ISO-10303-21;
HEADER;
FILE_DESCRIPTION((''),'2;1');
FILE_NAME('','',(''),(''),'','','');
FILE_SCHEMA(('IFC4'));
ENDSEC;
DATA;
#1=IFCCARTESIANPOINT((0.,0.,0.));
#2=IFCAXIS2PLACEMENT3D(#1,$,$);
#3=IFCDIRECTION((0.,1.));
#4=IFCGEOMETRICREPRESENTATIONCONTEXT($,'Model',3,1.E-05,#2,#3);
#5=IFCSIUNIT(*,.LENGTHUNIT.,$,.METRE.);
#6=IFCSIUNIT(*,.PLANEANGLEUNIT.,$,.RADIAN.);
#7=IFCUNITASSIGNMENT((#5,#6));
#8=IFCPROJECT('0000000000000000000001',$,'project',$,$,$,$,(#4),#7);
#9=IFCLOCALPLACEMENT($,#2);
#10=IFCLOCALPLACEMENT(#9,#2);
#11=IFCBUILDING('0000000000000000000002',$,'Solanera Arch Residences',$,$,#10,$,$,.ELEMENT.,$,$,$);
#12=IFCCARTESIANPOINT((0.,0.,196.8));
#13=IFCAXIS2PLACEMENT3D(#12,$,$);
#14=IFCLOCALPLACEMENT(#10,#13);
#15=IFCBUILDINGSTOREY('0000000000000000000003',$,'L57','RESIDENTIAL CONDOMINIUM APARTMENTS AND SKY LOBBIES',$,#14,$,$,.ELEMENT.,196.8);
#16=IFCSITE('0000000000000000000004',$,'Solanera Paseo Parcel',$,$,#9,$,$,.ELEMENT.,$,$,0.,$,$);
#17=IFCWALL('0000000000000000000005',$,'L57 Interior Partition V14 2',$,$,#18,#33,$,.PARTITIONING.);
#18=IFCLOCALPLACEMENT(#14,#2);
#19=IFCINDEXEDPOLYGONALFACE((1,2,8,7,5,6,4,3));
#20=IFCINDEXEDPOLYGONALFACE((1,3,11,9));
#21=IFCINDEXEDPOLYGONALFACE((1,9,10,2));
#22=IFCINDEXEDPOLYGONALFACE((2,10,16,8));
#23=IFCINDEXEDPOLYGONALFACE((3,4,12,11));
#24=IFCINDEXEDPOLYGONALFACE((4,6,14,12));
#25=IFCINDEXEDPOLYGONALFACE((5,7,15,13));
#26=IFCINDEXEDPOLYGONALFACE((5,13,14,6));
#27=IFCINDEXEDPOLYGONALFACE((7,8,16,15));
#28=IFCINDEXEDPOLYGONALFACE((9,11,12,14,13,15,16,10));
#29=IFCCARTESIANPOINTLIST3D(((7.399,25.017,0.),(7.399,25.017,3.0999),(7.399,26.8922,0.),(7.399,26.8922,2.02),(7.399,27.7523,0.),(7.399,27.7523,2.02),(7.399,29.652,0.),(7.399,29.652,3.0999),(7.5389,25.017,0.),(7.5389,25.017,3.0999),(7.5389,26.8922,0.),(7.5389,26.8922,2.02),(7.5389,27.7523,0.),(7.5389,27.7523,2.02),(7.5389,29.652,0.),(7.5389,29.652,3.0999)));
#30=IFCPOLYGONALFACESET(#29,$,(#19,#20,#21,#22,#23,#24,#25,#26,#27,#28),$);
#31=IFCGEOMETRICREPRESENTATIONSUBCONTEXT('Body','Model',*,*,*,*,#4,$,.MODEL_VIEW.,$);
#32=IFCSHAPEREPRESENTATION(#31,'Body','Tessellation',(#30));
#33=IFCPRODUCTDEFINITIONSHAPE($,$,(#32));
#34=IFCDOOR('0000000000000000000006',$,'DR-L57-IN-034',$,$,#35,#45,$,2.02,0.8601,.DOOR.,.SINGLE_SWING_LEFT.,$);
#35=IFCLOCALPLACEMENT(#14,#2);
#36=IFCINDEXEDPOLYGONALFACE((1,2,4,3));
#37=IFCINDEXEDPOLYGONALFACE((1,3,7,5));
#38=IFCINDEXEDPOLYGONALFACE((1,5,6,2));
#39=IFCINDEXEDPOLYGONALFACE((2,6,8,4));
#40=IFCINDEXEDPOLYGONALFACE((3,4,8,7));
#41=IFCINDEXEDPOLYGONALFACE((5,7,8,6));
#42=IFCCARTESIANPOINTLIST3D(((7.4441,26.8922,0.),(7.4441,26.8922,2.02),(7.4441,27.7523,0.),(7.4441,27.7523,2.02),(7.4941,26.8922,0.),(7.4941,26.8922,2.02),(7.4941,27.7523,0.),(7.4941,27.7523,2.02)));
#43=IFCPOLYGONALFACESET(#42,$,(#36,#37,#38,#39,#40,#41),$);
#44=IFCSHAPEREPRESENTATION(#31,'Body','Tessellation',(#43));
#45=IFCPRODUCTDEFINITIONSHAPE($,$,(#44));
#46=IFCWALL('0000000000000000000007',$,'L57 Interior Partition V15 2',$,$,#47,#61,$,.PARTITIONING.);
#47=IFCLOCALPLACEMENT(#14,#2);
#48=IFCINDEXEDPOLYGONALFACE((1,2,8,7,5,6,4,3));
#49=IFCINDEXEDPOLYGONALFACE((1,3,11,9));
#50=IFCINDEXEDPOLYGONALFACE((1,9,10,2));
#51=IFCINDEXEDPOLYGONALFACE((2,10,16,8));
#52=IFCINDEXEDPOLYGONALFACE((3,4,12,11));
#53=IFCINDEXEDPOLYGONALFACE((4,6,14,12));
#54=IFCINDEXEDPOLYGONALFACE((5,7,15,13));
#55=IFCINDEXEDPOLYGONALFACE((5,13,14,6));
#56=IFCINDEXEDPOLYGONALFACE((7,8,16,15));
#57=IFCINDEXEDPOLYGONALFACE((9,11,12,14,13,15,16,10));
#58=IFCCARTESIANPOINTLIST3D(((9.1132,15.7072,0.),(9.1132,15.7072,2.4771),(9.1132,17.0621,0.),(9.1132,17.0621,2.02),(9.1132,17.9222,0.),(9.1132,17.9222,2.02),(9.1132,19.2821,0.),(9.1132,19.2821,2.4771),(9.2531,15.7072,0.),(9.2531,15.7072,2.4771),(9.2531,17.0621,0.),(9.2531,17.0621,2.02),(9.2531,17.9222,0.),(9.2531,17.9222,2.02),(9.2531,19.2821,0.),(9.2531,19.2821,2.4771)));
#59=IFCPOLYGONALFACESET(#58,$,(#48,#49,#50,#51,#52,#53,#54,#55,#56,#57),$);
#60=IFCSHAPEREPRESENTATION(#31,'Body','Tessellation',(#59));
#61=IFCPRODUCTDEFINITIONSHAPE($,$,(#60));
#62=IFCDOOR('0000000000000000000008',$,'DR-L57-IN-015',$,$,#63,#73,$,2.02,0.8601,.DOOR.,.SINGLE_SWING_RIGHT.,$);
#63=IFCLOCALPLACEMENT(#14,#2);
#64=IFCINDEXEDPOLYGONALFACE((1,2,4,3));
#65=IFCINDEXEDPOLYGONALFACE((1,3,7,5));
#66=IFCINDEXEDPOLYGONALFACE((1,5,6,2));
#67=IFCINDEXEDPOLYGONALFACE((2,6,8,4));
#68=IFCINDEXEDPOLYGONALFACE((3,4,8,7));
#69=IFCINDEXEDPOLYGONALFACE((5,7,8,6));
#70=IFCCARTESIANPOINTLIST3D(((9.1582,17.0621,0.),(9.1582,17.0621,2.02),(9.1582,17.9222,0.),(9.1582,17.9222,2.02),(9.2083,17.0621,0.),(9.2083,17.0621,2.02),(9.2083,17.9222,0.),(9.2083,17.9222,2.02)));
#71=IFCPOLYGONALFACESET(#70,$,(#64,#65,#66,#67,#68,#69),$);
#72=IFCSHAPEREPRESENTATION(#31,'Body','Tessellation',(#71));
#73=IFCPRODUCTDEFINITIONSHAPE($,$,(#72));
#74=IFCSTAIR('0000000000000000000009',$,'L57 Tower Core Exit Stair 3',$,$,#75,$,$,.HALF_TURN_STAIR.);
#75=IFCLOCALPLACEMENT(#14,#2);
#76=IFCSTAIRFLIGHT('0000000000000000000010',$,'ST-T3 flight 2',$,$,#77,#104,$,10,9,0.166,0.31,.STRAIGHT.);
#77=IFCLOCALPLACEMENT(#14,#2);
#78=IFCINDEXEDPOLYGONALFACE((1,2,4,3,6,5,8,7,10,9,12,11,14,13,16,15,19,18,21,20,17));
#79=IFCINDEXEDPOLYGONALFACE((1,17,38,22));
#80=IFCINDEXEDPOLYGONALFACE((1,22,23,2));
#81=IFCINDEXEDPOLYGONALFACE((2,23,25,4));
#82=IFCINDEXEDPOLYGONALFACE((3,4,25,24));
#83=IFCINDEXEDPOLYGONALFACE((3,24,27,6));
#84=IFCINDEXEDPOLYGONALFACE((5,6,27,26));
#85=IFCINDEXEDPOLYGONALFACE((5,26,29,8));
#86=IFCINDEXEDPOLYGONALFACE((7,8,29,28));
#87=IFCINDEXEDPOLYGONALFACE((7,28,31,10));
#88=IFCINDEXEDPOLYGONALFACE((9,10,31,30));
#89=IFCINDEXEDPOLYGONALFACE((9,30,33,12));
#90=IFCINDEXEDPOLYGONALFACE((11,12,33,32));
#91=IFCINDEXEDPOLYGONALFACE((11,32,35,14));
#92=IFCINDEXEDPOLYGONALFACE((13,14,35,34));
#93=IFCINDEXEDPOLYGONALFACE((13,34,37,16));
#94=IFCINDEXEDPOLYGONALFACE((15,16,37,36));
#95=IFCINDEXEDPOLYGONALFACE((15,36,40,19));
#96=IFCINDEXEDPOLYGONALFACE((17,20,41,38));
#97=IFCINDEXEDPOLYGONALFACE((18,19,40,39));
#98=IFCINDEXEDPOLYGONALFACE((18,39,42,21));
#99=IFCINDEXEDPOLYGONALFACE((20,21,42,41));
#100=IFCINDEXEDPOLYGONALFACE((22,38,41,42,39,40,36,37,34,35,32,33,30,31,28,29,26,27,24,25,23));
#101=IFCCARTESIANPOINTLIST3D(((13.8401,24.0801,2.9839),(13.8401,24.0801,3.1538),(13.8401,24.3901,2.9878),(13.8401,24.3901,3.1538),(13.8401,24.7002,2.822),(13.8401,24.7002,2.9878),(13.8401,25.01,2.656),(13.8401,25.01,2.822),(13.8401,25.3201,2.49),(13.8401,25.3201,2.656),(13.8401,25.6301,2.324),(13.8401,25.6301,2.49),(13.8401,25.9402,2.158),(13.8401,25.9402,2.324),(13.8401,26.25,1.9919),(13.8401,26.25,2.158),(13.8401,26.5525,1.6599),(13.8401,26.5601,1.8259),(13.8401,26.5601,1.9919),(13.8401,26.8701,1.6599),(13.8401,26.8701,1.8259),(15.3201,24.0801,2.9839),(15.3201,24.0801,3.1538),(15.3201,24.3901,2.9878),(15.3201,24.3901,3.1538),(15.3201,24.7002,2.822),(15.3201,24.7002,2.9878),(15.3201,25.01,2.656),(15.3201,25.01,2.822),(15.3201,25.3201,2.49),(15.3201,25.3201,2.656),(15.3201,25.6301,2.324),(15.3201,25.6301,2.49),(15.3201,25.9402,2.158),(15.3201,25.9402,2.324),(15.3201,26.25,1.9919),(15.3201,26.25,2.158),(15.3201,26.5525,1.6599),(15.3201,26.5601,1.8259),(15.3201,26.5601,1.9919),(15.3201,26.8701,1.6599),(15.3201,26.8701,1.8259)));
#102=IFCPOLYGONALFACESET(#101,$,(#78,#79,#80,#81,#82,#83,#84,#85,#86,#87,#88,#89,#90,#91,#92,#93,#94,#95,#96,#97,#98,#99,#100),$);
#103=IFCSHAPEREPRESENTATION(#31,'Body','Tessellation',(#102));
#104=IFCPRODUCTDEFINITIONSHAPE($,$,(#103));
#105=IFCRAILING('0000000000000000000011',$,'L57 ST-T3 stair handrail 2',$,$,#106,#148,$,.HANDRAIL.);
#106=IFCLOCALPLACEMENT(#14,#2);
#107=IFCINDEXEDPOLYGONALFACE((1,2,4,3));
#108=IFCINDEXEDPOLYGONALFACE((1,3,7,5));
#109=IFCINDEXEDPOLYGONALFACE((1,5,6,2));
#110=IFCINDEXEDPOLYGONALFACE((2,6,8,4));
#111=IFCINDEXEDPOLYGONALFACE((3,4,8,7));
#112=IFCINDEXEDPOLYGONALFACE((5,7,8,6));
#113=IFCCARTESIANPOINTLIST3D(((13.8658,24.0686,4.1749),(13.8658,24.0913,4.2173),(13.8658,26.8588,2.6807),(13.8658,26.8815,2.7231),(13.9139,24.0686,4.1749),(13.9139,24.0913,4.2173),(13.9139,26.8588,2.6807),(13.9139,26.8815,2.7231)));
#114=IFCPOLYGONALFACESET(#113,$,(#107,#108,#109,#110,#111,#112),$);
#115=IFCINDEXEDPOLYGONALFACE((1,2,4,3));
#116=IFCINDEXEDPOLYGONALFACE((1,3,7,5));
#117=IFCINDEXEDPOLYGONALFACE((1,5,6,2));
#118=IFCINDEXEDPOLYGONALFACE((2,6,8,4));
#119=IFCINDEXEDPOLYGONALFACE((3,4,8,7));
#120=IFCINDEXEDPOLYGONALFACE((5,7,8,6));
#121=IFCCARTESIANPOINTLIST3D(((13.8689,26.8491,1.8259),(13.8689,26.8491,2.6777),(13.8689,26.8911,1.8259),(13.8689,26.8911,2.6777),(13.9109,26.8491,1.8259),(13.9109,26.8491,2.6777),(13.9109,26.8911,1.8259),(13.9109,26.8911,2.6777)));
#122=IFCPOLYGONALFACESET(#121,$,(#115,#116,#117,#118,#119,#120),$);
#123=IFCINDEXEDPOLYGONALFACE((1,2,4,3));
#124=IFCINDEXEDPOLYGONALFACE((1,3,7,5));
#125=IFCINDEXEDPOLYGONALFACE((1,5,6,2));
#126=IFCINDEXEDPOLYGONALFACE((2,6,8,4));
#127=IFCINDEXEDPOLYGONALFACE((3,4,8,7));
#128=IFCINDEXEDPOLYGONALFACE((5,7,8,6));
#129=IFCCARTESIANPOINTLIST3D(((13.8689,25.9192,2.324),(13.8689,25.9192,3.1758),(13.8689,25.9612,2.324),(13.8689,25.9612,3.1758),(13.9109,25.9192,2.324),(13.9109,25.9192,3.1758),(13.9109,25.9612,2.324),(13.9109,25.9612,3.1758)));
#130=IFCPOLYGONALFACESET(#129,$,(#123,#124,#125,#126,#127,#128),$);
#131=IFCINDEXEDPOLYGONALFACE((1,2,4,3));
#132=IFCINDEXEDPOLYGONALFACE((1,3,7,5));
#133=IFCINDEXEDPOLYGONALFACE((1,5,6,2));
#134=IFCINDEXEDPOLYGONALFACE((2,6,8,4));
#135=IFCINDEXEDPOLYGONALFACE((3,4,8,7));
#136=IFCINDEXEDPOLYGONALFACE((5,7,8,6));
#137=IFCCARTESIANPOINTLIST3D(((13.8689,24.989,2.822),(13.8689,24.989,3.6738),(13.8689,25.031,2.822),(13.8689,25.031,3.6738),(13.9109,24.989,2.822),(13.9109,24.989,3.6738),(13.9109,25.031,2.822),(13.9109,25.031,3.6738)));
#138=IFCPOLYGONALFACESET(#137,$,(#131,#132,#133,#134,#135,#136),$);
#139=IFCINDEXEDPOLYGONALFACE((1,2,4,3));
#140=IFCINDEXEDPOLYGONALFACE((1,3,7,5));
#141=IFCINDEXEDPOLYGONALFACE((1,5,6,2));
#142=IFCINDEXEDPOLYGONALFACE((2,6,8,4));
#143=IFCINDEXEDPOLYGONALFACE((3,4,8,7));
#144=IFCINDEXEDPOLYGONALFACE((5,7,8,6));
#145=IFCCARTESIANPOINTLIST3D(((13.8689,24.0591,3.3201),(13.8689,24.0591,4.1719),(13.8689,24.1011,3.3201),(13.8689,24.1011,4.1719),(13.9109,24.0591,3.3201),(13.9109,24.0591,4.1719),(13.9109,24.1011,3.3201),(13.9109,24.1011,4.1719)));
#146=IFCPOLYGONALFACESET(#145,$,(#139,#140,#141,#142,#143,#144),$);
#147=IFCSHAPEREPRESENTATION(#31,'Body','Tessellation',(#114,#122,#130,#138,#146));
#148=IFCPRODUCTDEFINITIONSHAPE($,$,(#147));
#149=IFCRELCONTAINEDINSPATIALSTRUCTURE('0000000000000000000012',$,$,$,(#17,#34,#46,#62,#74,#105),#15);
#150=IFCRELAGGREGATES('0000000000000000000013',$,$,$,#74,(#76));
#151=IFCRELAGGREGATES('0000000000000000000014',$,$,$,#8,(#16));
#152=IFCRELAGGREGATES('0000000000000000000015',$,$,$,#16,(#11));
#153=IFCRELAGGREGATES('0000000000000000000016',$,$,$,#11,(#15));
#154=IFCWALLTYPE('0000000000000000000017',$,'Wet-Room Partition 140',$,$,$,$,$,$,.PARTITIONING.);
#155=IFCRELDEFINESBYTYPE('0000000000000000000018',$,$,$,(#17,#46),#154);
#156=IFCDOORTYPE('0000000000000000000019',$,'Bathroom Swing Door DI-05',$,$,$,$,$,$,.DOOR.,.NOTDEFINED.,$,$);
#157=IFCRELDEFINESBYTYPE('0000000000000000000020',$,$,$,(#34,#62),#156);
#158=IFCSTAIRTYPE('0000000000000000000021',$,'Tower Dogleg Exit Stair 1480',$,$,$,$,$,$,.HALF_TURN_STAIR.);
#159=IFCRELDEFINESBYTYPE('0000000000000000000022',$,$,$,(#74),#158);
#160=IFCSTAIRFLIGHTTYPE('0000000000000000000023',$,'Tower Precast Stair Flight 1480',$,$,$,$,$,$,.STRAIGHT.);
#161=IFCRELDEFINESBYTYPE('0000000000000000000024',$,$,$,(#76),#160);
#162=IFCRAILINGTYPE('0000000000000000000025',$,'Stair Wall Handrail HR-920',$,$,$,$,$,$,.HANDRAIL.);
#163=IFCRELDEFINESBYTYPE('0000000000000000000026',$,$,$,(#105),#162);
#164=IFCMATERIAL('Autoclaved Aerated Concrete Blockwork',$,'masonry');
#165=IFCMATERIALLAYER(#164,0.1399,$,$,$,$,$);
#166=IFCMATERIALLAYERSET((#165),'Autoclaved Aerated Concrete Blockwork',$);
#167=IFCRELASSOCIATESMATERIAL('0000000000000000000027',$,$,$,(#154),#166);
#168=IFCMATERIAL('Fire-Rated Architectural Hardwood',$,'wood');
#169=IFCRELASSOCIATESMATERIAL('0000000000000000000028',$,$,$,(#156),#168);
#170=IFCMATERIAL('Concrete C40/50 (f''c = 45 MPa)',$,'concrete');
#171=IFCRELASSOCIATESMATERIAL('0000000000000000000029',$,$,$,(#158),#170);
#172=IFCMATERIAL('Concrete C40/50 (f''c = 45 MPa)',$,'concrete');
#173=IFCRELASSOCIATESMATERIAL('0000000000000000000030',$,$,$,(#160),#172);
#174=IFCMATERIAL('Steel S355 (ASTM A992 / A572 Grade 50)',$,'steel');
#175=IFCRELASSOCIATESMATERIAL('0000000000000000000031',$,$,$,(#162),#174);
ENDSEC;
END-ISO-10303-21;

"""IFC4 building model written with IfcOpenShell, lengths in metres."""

from ifc_helpers import new_model, si_unit, direction, frame, frame_2d, origin, origin_2d, place, context, subcontext, project, spatial, polyline, rectangle, outline, extrude, material, layer, layer_set, type_object, element, fill, aggregate, save


model = new_model("IFC4")

# Units and contexts
model_context = context("Model", 3, precision=1e-05, world=origin(), true_north=direction((0.0, 1.0)))
body_context = subcontext(model_context, "Body", "Model", "MODEL_VIEW")
ifc_project = project(units=[si_unit("LENGTHUNIT", "METRE"), si_unit("PLANEANGLEUNIT", "RADIAN")], contexts=[model_context])

# Site, building, storey
site_placement = place(None, origin())
site = spatial("IfcSite", under=ifc_project, at=site_placement, Name="Solanera Paseo Parcel", CompositionType="ELEMENT", RefElevation=0.0)
building_placement = place(site_placement, origin())
building = spatial("IfcBuilding", under=site, at=building_placement, Name="Solanera Arch Residences", CompositionType="ELEMENT")
storey_placement = place(building_placement, frame((0.0, 0.0, 196.8)))
storey = spatial("IfcBuildingStorey", under=building, at=storey_placement, Name="L57", Description="RESIDENTIAL CONDOMINIUM APARTMENTS AND SKY LOBBIES", CompositionType="ELEMENT", Elevation=196.8)

# Shared definitions
ifc_material_1 = material(Name="Autoclaved Aerated Concrete Blockwork", Category="masonry")
ifc_layer_1 = layer(ifc_material_1, 0.1399)
ifc_layer_set_1 = layer_set([ifc_layer_1], Name="Autoclaved Aerated Concrete Blockwork")
wall_type_1 = type_object("IfcWallType", Name="Wet-Room Partition 140", PredefinedType="PARTITIONING", material=ifc_layer_set_1)

# Walls, openings, doors
wall_1_placement = place(storey_placement, frame((7.469, 25.0171, 0.0), z_axis=(0.0, 0.0, 1.0), x_axis=(0.0, 1.0, 0.0)))
wall_1 = element("IfcWall", 1, at=wall_1_placement, inside=storey, type_object=wall_type_1, Name="L57 Interior Partition V14 2", PredefinedType="PARTITIONING", context=body_context, shape_type="SweptSolid", body=[
    extrude(rectangle(XDim=4.635, YDim=0.1399, at=frame_2d((2.3174, 0.0))), origin(), (0.0, 0.0, 1.0), 3.0999),
])
opening_1_placement = place(wall_1_placement, frame((1.875, 0.0, 0.0)))
opening_1 = element("IfcOpeningElement", 2, at=opening_1_placement, cuts=wall_1, PredefinedType="OPENING", context=body_context, shape_type="SweptSolid", body=[
    extrude(rectangle(XDim=0.8601, YDim=2.02, at=frame_2d((0.4302, 1.01))), frame((0.0, 0.0798, 0.0), z_axis=(0.0, -1.0, 0.0), x_axis=(1.0, 0.0, 0.0)), (0.0, 0.0, 1.0), 0.1599),
])
ifc_material_2 = material(Name="Fire-Rated Architectural Hardwood", Category="wood")
door_type_1 = type_object("IfcDoorType", Name="Bathroom Swing Door DI-05", OperationType="NOTDEFINED", PredefinedType="DOOR", material=ifc_material_2)
door_1_placement = place(opening_1_placement, origin())
door_1 = element("IfcDoor", 3, at=door_1_placement, inside=storey, type_object=door_type_1, Name="DR-L57-IN-034", OperationType="SINGLE_SWING_LEFT", OverallHeight=2.02, OverallWidth=0.8601, PredefinedType="DOOR", context=body_context, shape_type="SweptSolid", body=[
    extrude(rectangle(XDim=0.8601, YDim=2.02, at=frame_2d((0.4302, 1.01))), frame((0.0, 0.0249, 0.0), z_axis=(0.0, -1.0, 0.0), x_axis=(1.0, 0.0, 0.0)), (0.0, 0.0, 1.0), 0.05),
])
fill(opening_1, door_1)
wall_2_placement = place(storey_placement, frame((9.1831, 15.707, 0.0), z_axis=(0.0, 0.0, 1.0), x_axis=(0.0, 1.0, 0.0)))
wall_2 = element("IfcWall", 4, at=wall_2_placement, inside=storey, type_object=wall_type_1, Name="L57 Interior Partition V15 2", PredefinedType="PARTITIONING", context=body_context, shape_type="SweptSolid", body=[
    extrude(rectangle(XDim=3.575, YDim=0.1399, at=frame_2d((1.7876, 0.0))), origin(), (0.0, 0.0, 1.0), 2.4771),
])
opening_2_placement = place(wall_2_placement, frame((1.355, 0.0, 0.0)))
opening_2 = element("IfcOpeningElement", 5, at=opening_2_placement, cuts=wall_2, PredefinedType="OPENING", context=body_context, shape_type="SweptSolid", body=[
    extrude(rectangle(XDim=0.8601, YDim=2.02, at=frame_2d((0.4302, 1.01))), frame((0.0, 0.0798, 0.0), z_axis=(0.0, -1.0, 0.0), x_axis=(1.0, 0.0, 0.0)), (0.0, 0.0, 1.0), 0.1599),
])
door_2_placement = place(opening_2_placement, origin())
door_2 = element("IfcDoor", 6, at=door_2_placement, inside=storey, type_object=door_type_1, Name="DR-L57-IN-015", OperationType="SINGLE_SWING_RIGHT", OverallHeight=2.02, OverallWidth=0.8601, PredefinedType="DOOR", context=body_context, shape_type="SweptSolid", body=[
    extrude(rectangle(XDim=0.8601, YDim=2.02, at=frame_2d((0.4302, 1.01))), frame((0.0, 0.0249, 0.0), z_axis=(0.0, -1.0, 0.0), x_axis=(1.0, 0.0, 0.0)), (0.0, 0.0, 1.0), 0.05),
])
fill(opening_2, door_2)

# Stair, stair flight
ifc_material_3 = material(Name="Concrete C40/50 (f'c = 45 MPa)", Category="concrete")
stair_type = type_object("IfcStairType", Name="Tower Dogleg Exit Stair 1480", PredefinedType="HALF_TURN_STAIR", material=ifc_material_3)
stair_placement = place(storey_placement, origin())
stair = element("IfcStair", 7, at=stair_placement, inside=storey, type_object=stair_type, Name="L57 Tower Core Exit Stair 3", PredefinedType="HALF_TURN_STAIR")
ifc_material_4 = material(Name="Concrete C40/50 (f'c = 45 MPa)", Category="concrete")
stair_flight_type = type_object("IfcStairFlightType", Name="Tower Precast Stair Flight 1480", PredefinedType="STRAIGHT", material=ifc_material_4)
stair_flight_placement = place(storey_placement, frame((14.5801, 26.8701, 1.6599), z_axis=(0.0, 0.0, 1.0), x_axis=(0.0, -1.0, 0.0)))
stair_flight = element("IfcStairFlight", 8, at=stair_flight_placement, type_object=stair_flight_type, Name="ST-T3 flight 2", NumberOfRisers=10, NumberOfTreads=9, PredefinedType="STRAIGHT", RiserHeight=0.166, TreadLength=0.31, context=body_context, shape_type="SweptSolid", body=[
    extrude(outline(polyline([(0.0, 0.0), (0.0, 0.166), (0.3101, 0.166), (0.3101, 0.332), (0.6201, 0.332), (0.6201, 0.498), (0.9299, 0.498), (0.9299, 0.6641), (1.24, 0.6641), (1.24, 0.8301), (1.55, 0.8301), (1.55, 0.9961), (1.8601, 0.9961), (1.8601, 1.1621), (2.1699, 1.1621), (2.1699, 1.3279), (2.48, 1.3279), (2.48, 1.4939), (2.79, 1.4939), (2.79, 1.6599), (2.79, 1.324), (0.3176, 0.0), (0.0, 0.0)])), frame((0.0, 0.74, 0.0), z_axis=(0.0, -1.0, 0.0), x_axis=(1.0, 0.0, 0.0)), (0.0, 0.0, 1.0), 1.48),
])
aggregate(stair, [stair_flight])

# Railing
ifc_material_5 = material(Name="Steel S355 (ASTM A992 / A572 Grade 50)", Category="steel")
railing_type = type_object("IfcRailingType", Name="Stair Wall Handrail HR-920", PredefinedType="HANDRAIL", material=ifc_material_5)
railing_placement = place(storey_placement, frame((13.8899, 26.8701, 1.8259)))
element("IfcRailing", 9, at=railing_placement, inside=storey, type_object=railing_type, Name="L57 ST-T3 stair handrail 2", PredefinedType="HANDRAIL", context=body_context, shape_type="SweptSolid", body=[
    extrude(rectangle(XDim=0.0481, YDim=0.0481, at=origin_2d()), frame((0.0, 0.0, 0.876), z_axis=(0.0, -0.881549, 0.472093), x_axis=(1.0, 0.0, 0.0)), (0.0, 0.0, 1.0), 3.165),
    extrude(rectangle(XDim=0.042, YDim=0.042, at=origin_2d()), origin(), (0.0, 0.0, 1.0), 0.8518),
    extrude(rectangle(XDim=0.042, YDim=0.042, at=origin_2d()), frame((0.0, -0.9299, 0.498)), (0.0, 0.0, 1.0), 0.8518),
    extrude(rectangle(XDim=0.042, YDim=0.042, at=origin_2d()), frame((0.0, -1.8601, 0.9961)), (0.0, 0.0, 1.0), 0.8518),
    extrude(rectangle(XDim=0.042, YDim=0.042, at=origin_2d()), frame((0.0, -2.79, 1.4941)), (0.0, 0.0, 1.0), 0.8518),
])

save(model, "model.ifc")
